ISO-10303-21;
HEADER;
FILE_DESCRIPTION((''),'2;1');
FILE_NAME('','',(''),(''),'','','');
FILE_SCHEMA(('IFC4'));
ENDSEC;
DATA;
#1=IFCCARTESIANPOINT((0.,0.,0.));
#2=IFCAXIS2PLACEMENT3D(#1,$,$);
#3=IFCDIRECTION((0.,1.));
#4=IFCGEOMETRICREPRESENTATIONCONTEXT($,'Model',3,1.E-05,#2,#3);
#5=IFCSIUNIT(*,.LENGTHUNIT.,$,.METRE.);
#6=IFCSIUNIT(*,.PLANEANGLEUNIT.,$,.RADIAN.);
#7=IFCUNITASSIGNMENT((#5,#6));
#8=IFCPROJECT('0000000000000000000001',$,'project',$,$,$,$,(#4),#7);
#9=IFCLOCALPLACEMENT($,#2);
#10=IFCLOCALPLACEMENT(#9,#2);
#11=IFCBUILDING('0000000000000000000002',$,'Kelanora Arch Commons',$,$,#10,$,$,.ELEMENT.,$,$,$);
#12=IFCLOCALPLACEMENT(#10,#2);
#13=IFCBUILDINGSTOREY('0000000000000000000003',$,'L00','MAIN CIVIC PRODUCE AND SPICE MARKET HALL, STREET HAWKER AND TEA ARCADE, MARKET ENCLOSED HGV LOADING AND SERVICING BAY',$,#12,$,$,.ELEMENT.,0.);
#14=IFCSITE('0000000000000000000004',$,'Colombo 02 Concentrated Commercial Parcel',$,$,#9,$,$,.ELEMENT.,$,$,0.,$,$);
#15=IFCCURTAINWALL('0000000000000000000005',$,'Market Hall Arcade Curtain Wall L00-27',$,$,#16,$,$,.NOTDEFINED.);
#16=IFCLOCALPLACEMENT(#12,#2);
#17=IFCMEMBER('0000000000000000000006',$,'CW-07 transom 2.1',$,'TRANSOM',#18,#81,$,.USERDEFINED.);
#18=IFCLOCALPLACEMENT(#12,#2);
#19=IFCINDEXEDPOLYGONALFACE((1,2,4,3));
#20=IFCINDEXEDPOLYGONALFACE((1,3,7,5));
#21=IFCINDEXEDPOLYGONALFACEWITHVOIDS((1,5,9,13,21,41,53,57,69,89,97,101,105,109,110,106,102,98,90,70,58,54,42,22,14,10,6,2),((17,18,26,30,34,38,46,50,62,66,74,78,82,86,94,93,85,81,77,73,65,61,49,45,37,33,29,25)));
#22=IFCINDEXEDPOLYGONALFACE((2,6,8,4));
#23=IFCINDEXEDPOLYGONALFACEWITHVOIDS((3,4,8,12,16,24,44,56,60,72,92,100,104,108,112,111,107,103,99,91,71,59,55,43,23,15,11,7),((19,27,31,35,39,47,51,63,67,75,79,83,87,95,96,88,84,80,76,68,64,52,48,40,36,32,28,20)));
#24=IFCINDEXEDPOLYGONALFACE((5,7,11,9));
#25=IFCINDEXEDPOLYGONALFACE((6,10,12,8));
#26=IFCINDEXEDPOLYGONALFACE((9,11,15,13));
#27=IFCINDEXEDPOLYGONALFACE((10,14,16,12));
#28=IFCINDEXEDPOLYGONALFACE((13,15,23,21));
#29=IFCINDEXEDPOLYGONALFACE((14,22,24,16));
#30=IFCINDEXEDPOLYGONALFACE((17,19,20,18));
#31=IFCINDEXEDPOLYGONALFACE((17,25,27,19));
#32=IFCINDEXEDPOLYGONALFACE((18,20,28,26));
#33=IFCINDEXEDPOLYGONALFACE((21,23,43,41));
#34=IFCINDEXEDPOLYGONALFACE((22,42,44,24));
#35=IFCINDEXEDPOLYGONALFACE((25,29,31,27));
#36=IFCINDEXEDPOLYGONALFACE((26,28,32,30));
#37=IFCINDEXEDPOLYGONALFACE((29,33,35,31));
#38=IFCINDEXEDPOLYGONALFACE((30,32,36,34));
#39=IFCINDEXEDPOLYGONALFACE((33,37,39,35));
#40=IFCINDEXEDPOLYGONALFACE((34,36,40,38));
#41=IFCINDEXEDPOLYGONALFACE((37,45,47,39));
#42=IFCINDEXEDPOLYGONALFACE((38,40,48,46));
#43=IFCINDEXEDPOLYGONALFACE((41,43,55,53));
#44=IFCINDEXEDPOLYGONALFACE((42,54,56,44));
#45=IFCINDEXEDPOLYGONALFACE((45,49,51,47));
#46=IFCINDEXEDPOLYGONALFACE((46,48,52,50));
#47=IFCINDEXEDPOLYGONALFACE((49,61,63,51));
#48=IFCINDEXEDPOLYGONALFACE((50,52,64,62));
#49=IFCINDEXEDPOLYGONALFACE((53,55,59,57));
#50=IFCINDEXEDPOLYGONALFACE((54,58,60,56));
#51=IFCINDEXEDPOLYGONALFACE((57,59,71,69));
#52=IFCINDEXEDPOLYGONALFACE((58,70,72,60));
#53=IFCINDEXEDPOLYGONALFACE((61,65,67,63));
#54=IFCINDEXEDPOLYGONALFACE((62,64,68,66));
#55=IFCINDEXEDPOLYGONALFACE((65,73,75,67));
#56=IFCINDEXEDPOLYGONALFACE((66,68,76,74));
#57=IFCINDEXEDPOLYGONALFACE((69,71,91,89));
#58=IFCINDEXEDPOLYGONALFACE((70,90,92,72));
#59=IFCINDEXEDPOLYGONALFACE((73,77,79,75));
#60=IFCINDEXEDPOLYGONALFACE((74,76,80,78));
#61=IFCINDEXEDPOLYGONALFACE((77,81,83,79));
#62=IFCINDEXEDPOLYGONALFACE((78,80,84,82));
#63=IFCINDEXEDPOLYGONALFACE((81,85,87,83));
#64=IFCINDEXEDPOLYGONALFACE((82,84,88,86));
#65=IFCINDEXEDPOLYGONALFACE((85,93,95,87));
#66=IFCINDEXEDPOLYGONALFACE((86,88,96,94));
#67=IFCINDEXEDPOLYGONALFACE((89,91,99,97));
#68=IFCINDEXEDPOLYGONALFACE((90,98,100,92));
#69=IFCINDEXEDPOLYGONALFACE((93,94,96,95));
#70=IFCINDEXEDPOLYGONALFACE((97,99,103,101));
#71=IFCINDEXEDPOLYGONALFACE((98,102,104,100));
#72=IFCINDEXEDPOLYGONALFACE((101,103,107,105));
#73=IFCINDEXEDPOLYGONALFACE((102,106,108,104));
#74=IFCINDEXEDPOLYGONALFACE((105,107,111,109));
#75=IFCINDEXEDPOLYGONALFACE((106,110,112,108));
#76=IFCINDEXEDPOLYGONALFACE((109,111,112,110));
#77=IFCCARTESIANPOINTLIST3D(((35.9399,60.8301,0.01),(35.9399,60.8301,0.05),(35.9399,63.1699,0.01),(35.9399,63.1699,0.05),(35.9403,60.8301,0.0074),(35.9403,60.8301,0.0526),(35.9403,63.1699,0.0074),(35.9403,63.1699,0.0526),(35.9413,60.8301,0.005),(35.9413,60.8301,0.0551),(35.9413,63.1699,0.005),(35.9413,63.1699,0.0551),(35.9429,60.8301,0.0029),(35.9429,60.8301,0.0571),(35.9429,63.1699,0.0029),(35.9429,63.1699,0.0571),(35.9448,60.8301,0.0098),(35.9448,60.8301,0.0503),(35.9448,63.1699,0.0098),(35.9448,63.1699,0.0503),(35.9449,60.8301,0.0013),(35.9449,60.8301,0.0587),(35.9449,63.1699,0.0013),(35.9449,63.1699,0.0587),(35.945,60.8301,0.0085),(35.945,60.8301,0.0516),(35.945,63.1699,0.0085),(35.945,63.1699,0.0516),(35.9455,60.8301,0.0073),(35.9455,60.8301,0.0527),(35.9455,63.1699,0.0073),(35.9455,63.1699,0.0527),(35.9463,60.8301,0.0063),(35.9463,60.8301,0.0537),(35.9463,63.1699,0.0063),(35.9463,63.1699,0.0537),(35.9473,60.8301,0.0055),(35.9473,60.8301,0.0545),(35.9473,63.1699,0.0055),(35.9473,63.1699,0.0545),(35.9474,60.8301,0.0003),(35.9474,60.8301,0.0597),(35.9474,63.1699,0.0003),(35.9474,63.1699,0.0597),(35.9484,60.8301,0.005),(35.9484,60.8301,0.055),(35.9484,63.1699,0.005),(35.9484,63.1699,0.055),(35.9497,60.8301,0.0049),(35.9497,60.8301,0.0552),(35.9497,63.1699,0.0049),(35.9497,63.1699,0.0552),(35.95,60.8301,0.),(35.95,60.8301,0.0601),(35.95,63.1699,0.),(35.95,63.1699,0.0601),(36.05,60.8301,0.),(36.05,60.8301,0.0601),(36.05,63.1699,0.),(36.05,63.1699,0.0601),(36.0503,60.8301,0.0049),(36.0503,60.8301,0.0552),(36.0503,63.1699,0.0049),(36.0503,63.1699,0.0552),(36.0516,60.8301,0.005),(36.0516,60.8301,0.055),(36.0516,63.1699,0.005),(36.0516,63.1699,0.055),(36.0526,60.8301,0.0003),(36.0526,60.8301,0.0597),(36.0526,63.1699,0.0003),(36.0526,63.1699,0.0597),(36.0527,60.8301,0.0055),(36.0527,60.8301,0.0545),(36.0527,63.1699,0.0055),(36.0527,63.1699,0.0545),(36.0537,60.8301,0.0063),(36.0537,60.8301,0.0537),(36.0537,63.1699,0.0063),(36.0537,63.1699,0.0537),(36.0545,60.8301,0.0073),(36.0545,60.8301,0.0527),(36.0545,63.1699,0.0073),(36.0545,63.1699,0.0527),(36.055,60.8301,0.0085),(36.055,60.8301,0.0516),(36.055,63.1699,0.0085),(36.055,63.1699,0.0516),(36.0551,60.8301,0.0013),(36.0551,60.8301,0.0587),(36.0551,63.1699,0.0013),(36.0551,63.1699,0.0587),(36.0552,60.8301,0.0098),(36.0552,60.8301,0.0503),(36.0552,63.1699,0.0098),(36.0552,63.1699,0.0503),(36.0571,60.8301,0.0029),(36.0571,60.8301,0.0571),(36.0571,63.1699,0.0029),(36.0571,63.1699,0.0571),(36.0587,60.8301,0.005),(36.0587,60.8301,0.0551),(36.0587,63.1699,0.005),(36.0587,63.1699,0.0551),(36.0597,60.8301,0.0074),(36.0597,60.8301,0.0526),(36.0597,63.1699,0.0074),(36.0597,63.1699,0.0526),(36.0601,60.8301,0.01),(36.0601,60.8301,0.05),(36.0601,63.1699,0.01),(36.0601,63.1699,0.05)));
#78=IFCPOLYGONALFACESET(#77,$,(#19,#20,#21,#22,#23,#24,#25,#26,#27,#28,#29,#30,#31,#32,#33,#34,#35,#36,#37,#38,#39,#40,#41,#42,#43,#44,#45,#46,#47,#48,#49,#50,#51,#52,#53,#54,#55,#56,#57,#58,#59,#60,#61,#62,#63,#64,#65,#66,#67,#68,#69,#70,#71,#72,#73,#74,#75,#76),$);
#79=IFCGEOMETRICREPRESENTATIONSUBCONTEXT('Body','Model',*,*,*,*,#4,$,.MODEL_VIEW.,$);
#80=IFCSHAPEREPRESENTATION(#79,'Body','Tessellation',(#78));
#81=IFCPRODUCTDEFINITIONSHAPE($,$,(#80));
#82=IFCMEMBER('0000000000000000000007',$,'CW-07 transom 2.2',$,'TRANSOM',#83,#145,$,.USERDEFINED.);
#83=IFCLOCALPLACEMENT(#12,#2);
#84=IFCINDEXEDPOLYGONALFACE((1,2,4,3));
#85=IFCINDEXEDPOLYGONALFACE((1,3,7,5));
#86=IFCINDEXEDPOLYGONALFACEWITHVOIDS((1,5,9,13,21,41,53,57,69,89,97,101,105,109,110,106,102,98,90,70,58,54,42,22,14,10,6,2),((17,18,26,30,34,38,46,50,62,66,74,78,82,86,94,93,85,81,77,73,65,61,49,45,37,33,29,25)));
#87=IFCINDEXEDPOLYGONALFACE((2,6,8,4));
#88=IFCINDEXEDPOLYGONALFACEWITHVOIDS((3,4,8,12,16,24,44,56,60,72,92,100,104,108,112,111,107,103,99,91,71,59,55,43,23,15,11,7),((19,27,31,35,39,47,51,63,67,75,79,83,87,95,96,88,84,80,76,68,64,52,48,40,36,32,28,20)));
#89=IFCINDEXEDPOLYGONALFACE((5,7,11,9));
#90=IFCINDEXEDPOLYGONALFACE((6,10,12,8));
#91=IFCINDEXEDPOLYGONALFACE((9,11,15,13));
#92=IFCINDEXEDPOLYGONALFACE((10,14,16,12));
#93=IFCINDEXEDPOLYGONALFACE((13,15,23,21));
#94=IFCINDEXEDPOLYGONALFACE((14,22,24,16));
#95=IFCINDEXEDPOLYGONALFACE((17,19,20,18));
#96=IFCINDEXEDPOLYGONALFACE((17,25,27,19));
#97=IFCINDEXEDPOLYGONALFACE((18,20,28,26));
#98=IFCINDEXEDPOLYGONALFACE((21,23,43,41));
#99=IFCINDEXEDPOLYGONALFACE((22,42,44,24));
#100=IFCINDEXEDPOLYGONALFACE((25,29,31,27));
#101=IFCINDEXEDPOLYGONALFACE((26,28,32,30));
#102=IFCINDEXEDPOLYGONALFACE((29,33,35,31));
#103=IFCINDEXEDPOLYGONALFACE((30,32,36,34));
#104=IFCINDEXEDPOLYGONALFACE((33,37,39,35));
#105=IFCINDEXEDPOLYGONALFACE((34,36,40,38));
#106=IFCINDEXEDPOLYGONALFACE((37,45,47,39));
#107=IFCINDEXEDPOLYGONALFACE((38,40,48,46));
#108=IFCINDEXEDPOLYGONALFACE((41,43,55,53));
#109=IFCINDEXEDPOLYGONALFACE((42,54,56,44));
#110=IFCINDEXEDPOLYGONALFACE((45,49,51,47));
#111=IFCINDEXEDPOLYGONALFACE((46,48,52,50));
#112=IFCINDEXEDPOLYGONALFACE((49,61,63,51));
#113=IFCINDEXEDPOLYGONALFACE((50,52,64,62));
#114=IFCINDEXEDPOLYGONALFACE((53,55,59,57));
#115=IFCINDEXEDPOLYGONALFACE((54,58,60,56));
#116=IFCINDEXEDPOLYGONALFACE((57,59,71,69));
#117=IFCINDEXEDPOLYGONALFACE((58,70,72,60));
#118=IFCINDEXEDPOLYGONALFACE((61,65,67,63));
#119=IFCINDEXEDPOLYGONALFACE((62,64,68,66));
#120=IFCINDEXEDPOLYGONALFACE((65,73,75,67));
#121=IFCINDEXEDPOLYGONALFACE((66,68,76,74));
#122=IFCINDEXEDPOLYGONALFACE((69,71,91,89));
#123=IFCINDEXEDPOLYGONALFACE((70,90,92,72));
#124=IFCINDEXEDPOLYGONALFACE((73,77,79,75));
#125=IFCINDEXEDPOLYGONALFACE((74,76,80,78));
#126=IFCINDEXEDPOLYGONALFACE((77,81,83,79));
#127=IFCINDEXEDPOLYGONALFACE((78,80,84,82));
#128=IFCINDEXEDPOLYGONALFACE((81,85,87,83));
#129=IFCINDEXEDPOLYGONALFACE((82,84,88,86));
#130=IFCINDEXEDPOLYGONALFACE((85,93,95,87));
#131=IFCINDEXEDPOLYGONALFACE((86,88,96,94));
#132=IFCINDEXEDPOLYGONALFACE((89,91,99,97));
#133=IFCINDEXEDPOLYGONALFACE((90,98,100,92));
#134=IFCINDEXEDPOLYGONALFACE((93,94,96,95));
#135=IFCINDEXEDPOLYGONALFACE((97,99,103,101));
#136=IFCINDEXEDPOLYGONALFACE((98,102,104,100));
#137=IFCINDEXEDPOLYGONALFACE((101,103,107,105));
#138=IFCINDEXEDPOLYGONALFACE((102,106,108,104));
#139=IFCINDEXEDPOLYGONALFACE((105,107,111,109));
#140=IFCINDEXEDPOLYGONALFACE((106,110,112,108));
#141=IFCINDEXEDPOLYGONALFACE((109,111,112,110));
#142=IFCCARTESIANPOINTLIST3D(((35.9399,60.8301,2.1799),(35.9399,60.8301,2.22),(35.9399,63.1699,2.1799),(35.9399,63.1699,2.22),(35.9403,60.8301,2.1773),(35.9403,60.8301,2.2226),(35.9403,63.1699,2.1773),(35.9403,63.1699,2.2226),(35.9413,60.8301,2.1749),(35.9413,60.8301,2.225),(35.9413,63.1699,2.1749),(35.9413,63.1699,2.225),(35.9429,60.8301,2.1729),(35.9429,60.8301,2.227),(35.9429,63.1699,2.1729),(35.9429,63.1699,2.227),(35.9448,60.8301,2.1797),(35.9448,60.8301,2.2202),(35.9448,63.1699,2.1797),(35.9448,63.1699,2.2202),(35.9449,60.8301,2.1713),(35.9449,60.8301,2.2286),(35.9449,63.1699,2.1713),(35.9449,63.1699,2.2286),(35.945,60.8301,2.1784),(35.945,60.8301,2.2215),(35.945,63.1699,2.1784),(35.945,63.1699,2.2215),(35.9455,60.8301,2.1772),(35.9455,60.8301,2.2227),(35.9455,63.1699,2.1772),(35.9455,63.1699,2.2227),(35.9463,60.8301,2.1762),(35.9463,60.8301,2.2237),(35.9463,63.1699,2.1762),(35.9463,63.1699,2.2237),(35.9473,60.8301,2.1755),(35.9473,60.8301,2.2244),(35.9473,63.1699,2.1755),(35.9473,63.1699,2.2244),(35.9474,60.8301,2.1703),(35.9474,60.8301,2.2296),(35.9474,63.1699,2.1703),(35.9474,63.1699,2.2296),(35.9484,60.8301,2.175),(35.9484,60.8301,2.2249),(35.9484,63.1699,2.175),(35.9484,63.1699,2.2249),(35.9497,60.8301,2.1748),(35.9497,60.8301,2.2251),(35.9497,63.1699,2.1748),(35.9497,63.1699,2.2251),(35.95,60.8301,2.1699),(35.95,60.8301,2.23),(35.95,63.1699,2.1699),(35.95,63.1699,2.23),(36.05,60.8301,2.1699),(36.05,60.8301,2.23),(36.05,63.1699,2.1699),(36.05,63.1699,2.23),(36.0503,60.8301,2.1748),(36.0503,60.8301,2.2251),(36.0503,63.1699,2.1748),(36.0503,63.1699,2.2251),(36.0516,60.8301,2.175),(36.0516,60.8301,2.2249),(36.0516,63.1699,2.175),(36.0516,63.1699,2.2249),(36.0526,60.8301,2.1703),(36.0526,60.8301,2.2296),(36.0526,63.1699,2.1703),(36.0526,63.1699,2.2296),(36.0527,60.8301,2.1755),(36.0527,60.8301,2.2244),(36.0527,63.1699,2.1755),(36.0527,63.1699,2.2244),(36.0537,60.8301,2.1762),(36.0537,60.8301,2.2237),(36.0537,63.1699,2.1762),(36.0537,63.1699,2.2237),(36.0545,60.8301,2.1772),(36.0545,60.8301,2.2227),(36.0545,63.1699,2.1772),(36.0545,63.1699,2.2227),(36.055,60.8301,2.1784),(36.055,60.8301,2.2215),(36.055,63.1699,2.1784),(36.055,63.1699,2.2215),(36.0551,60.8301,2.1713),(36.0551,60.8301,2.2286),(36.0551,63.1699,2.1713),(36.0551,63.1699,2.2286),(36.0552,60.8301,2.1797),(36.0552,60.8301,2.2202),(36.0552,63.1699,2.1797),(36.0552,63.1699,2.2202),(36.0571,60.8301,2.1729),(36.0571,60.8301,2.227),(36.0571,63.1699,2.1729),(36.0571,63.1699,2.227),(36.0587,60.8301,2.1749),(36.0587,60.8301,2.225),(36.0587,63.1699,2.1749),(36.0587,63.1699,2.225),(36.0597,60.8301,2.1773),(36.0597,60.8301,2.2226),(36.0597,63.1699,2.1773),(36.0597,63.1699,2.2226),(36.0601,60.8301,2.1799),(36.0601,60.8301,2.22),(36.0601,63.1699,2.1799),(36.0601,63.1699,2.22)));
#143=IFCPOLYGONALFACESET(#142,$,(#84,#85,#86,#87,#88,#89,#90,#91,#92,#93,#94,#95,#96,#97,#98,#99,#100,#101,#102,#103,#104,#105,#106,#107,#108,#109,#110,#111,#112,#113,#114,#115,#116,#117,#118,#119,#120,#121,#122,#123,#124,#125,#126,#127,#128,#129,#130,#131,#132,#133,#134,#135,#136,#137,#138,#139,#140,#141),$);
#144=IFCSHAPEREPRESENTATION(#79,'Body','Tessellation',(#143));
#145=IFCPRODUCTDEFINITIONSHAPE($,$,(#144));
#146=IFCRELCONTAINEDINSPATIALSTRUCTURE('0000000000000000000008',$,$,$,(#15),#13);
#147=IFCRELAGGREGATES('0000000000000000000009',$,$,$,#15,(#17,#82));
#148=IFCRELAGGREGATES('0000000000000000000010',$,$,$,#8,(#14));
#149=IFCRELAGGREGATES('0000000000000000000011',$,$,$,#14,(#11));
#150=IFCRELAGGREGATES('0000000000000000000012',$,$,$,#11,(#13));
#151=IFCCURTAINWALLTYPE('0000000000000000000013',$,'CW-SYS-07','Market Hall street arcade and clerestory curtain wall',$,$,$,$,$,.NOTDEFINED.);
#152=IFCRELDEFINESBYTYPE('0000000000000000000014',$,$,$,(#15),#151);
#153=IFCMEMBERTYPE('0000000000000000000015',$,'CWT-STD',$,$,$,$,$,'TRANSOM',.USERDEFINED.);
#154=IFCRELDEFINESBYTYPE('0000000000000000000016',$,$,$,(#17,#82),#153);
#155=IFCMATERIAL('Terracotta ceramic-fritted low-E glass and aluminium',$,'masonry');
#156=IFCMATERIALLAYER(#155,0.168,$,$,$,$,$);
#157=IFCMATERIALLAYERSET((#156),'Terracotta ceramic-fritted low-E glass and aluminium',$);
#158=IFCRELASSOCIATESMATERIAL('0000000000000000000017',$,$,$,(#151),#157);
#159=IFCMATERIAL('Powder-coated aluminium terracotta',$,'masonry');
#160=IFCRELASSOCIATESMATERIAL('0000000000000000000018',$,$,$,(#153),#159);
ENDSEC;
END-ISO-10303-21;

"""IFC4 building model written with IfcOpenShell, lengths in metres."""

from ifc_helpers import new_model, si_unit, direction, frame, origin, origin_2d, place, context, subcontext, project, spatial, hollow_rectangle, extrude, material, layer, layer_set, material_profile, profile_set, type_object, element, aggregate, save


model = new_model("IFC4")

# Units and contexts
model_context = context("Model", 3, precision=1e-05, world=origin(), true_north=direction((0.0, 1.0)))
body_context = subcontext(model_context, "Body", "Model", "MODEL_VIEW")
ifc_project = project(units=[si_unit("LENGTHUNIT", "METRE"), si_unit("PLANEANGLEUNIT", "RADIAN")], contexts=[model_context])

# Site, building, storey
site_placement = place(None, origin())
site = spatial("IfcSite", under=ifc_project, at=site_placement, Name="Colombo 02 Concentrated Commercial Parcel", CompositionType="ELEMENT", RefElevation=0.0)
building_placement = place(site_placement, origin())
building = spatial("IfcBuilding", under=site, at=building_placement, Name="Kelanora Arch Commons", CompositionType="ELEMENT")
storey_placement = place(building_placement, origin())
storey = spatial("IfcBuildingStorey", under=building, at=storey_placement, Name="L00", Description="MAIN CIVIC PRODUCE AND SPICE MARKET HALL, STREET HAWKER AND TEA ARCADE, MARKET ENCLOSED HGV LOADING AND SERVICING BAY", CompositionType="ELEMENT", Elevation=0.0)

# Curtain wall, members
ifc_material_1 = material(Name="Terracotta ceramic-fritted low-E glass and aluminium", Category="masonry")
ifc_layer_1 = layer(ifc_material_1, 0.168)
ifc_layer_set_1 = layer_set([ifc_layer_1], Name="Terracotta ceramic-fritted low-E glass and aluminium")
curtain_wall_type = type_object("IfcCurtainWallType", Name="CW-SYS-07", Description="Market Hall street arcade and clerestory curtain wall", PredefinedType="NOTDEFINED", material=ifc_layer_set_1)
curtain_wall_placement = place(storey_placement, origin())
curtain_wall = element("IfcCurtainWall", 1, at=curtain_wall_placement, inside=storey, type_object=curtain_wall_type, Name="Market Hall Arcade Curtain Wall L00-27", PredefinedType="NOTDEFINED")
ifc_material_2 = material(Name="Powder-coated aluminium terracotta", Category="masonry")
ifc_material_profile_1 = material_profile(ifc_material_2, hollow_rectangle(XDim=0.1201, YDim=0.0601, WallThickness=0.0049, InnerFilletRadius=0.0049, OuterFilletRadius=0.01, at=origin_2d()), Name="CWT120x60")
ifc_profile_set_1 = profile_set([ifc_material_profile_1], Name="Powder-coated aluminium terracotta")
member_type_1 = type_object("IfcMemberType", Name="CWT-STD", ElementType="TRANSOM", PredefinedType="USERDEFINED", material=ifc_profile_set_1)
member_1_placement = place(storey_placement, frame((36.0, 60.8301, 0.03), z_axis=(0.0, 1.0, 0.0), x_axis=(-1.0, 0.0, 0.0)))
member_1 = element("IfcMember", 2, at=member_1_placement, type_object=member_type_1, Name="CW-07 transom 2.1", ObjectType="TRANSOM", PredefinedType="USERDEFINED", context=body_context, shape_type="SweptSolid", body=[
    extrude(hollow_rectangle(XDim=0.1201, YDim=0.0601, WallThickness=0.0049, InnerFilletRadius=0.0049, OuterFilletRadius=0.01, at=origin_2d()), origin(), (0.0, 0.0, 1.0), 2.3398),
])
member_2_placement = place(storey_placement, frame((36.0, 60.8301, 2.2), z_axis=(0.0, 1.0, 0.0), x_axis=(-1.0, 0.0, 0.0)))
member_2 = element("IfcMember", 3, at=member_2_placement, type_object=member_type_1, Name="CW-07 transom 2.2", ObjectType="TRANSOM", PredefinedType="USERDEFINED", context=body_context, shape_type="SweptSolid", body=[
    extrude(hollow_rectangle(XDim=0.1201, YDim=0.0601, WallThickness=0.0049, InnerFilletRadius=0.0049, OuterFilletRadius=0.01, at=origin_2d()), origin(), (0.0, 0.0, 1.0), 2.3398),
])
aggregate(curtain_wall, [member_1, member_2])

save(model, "model.ifc")
